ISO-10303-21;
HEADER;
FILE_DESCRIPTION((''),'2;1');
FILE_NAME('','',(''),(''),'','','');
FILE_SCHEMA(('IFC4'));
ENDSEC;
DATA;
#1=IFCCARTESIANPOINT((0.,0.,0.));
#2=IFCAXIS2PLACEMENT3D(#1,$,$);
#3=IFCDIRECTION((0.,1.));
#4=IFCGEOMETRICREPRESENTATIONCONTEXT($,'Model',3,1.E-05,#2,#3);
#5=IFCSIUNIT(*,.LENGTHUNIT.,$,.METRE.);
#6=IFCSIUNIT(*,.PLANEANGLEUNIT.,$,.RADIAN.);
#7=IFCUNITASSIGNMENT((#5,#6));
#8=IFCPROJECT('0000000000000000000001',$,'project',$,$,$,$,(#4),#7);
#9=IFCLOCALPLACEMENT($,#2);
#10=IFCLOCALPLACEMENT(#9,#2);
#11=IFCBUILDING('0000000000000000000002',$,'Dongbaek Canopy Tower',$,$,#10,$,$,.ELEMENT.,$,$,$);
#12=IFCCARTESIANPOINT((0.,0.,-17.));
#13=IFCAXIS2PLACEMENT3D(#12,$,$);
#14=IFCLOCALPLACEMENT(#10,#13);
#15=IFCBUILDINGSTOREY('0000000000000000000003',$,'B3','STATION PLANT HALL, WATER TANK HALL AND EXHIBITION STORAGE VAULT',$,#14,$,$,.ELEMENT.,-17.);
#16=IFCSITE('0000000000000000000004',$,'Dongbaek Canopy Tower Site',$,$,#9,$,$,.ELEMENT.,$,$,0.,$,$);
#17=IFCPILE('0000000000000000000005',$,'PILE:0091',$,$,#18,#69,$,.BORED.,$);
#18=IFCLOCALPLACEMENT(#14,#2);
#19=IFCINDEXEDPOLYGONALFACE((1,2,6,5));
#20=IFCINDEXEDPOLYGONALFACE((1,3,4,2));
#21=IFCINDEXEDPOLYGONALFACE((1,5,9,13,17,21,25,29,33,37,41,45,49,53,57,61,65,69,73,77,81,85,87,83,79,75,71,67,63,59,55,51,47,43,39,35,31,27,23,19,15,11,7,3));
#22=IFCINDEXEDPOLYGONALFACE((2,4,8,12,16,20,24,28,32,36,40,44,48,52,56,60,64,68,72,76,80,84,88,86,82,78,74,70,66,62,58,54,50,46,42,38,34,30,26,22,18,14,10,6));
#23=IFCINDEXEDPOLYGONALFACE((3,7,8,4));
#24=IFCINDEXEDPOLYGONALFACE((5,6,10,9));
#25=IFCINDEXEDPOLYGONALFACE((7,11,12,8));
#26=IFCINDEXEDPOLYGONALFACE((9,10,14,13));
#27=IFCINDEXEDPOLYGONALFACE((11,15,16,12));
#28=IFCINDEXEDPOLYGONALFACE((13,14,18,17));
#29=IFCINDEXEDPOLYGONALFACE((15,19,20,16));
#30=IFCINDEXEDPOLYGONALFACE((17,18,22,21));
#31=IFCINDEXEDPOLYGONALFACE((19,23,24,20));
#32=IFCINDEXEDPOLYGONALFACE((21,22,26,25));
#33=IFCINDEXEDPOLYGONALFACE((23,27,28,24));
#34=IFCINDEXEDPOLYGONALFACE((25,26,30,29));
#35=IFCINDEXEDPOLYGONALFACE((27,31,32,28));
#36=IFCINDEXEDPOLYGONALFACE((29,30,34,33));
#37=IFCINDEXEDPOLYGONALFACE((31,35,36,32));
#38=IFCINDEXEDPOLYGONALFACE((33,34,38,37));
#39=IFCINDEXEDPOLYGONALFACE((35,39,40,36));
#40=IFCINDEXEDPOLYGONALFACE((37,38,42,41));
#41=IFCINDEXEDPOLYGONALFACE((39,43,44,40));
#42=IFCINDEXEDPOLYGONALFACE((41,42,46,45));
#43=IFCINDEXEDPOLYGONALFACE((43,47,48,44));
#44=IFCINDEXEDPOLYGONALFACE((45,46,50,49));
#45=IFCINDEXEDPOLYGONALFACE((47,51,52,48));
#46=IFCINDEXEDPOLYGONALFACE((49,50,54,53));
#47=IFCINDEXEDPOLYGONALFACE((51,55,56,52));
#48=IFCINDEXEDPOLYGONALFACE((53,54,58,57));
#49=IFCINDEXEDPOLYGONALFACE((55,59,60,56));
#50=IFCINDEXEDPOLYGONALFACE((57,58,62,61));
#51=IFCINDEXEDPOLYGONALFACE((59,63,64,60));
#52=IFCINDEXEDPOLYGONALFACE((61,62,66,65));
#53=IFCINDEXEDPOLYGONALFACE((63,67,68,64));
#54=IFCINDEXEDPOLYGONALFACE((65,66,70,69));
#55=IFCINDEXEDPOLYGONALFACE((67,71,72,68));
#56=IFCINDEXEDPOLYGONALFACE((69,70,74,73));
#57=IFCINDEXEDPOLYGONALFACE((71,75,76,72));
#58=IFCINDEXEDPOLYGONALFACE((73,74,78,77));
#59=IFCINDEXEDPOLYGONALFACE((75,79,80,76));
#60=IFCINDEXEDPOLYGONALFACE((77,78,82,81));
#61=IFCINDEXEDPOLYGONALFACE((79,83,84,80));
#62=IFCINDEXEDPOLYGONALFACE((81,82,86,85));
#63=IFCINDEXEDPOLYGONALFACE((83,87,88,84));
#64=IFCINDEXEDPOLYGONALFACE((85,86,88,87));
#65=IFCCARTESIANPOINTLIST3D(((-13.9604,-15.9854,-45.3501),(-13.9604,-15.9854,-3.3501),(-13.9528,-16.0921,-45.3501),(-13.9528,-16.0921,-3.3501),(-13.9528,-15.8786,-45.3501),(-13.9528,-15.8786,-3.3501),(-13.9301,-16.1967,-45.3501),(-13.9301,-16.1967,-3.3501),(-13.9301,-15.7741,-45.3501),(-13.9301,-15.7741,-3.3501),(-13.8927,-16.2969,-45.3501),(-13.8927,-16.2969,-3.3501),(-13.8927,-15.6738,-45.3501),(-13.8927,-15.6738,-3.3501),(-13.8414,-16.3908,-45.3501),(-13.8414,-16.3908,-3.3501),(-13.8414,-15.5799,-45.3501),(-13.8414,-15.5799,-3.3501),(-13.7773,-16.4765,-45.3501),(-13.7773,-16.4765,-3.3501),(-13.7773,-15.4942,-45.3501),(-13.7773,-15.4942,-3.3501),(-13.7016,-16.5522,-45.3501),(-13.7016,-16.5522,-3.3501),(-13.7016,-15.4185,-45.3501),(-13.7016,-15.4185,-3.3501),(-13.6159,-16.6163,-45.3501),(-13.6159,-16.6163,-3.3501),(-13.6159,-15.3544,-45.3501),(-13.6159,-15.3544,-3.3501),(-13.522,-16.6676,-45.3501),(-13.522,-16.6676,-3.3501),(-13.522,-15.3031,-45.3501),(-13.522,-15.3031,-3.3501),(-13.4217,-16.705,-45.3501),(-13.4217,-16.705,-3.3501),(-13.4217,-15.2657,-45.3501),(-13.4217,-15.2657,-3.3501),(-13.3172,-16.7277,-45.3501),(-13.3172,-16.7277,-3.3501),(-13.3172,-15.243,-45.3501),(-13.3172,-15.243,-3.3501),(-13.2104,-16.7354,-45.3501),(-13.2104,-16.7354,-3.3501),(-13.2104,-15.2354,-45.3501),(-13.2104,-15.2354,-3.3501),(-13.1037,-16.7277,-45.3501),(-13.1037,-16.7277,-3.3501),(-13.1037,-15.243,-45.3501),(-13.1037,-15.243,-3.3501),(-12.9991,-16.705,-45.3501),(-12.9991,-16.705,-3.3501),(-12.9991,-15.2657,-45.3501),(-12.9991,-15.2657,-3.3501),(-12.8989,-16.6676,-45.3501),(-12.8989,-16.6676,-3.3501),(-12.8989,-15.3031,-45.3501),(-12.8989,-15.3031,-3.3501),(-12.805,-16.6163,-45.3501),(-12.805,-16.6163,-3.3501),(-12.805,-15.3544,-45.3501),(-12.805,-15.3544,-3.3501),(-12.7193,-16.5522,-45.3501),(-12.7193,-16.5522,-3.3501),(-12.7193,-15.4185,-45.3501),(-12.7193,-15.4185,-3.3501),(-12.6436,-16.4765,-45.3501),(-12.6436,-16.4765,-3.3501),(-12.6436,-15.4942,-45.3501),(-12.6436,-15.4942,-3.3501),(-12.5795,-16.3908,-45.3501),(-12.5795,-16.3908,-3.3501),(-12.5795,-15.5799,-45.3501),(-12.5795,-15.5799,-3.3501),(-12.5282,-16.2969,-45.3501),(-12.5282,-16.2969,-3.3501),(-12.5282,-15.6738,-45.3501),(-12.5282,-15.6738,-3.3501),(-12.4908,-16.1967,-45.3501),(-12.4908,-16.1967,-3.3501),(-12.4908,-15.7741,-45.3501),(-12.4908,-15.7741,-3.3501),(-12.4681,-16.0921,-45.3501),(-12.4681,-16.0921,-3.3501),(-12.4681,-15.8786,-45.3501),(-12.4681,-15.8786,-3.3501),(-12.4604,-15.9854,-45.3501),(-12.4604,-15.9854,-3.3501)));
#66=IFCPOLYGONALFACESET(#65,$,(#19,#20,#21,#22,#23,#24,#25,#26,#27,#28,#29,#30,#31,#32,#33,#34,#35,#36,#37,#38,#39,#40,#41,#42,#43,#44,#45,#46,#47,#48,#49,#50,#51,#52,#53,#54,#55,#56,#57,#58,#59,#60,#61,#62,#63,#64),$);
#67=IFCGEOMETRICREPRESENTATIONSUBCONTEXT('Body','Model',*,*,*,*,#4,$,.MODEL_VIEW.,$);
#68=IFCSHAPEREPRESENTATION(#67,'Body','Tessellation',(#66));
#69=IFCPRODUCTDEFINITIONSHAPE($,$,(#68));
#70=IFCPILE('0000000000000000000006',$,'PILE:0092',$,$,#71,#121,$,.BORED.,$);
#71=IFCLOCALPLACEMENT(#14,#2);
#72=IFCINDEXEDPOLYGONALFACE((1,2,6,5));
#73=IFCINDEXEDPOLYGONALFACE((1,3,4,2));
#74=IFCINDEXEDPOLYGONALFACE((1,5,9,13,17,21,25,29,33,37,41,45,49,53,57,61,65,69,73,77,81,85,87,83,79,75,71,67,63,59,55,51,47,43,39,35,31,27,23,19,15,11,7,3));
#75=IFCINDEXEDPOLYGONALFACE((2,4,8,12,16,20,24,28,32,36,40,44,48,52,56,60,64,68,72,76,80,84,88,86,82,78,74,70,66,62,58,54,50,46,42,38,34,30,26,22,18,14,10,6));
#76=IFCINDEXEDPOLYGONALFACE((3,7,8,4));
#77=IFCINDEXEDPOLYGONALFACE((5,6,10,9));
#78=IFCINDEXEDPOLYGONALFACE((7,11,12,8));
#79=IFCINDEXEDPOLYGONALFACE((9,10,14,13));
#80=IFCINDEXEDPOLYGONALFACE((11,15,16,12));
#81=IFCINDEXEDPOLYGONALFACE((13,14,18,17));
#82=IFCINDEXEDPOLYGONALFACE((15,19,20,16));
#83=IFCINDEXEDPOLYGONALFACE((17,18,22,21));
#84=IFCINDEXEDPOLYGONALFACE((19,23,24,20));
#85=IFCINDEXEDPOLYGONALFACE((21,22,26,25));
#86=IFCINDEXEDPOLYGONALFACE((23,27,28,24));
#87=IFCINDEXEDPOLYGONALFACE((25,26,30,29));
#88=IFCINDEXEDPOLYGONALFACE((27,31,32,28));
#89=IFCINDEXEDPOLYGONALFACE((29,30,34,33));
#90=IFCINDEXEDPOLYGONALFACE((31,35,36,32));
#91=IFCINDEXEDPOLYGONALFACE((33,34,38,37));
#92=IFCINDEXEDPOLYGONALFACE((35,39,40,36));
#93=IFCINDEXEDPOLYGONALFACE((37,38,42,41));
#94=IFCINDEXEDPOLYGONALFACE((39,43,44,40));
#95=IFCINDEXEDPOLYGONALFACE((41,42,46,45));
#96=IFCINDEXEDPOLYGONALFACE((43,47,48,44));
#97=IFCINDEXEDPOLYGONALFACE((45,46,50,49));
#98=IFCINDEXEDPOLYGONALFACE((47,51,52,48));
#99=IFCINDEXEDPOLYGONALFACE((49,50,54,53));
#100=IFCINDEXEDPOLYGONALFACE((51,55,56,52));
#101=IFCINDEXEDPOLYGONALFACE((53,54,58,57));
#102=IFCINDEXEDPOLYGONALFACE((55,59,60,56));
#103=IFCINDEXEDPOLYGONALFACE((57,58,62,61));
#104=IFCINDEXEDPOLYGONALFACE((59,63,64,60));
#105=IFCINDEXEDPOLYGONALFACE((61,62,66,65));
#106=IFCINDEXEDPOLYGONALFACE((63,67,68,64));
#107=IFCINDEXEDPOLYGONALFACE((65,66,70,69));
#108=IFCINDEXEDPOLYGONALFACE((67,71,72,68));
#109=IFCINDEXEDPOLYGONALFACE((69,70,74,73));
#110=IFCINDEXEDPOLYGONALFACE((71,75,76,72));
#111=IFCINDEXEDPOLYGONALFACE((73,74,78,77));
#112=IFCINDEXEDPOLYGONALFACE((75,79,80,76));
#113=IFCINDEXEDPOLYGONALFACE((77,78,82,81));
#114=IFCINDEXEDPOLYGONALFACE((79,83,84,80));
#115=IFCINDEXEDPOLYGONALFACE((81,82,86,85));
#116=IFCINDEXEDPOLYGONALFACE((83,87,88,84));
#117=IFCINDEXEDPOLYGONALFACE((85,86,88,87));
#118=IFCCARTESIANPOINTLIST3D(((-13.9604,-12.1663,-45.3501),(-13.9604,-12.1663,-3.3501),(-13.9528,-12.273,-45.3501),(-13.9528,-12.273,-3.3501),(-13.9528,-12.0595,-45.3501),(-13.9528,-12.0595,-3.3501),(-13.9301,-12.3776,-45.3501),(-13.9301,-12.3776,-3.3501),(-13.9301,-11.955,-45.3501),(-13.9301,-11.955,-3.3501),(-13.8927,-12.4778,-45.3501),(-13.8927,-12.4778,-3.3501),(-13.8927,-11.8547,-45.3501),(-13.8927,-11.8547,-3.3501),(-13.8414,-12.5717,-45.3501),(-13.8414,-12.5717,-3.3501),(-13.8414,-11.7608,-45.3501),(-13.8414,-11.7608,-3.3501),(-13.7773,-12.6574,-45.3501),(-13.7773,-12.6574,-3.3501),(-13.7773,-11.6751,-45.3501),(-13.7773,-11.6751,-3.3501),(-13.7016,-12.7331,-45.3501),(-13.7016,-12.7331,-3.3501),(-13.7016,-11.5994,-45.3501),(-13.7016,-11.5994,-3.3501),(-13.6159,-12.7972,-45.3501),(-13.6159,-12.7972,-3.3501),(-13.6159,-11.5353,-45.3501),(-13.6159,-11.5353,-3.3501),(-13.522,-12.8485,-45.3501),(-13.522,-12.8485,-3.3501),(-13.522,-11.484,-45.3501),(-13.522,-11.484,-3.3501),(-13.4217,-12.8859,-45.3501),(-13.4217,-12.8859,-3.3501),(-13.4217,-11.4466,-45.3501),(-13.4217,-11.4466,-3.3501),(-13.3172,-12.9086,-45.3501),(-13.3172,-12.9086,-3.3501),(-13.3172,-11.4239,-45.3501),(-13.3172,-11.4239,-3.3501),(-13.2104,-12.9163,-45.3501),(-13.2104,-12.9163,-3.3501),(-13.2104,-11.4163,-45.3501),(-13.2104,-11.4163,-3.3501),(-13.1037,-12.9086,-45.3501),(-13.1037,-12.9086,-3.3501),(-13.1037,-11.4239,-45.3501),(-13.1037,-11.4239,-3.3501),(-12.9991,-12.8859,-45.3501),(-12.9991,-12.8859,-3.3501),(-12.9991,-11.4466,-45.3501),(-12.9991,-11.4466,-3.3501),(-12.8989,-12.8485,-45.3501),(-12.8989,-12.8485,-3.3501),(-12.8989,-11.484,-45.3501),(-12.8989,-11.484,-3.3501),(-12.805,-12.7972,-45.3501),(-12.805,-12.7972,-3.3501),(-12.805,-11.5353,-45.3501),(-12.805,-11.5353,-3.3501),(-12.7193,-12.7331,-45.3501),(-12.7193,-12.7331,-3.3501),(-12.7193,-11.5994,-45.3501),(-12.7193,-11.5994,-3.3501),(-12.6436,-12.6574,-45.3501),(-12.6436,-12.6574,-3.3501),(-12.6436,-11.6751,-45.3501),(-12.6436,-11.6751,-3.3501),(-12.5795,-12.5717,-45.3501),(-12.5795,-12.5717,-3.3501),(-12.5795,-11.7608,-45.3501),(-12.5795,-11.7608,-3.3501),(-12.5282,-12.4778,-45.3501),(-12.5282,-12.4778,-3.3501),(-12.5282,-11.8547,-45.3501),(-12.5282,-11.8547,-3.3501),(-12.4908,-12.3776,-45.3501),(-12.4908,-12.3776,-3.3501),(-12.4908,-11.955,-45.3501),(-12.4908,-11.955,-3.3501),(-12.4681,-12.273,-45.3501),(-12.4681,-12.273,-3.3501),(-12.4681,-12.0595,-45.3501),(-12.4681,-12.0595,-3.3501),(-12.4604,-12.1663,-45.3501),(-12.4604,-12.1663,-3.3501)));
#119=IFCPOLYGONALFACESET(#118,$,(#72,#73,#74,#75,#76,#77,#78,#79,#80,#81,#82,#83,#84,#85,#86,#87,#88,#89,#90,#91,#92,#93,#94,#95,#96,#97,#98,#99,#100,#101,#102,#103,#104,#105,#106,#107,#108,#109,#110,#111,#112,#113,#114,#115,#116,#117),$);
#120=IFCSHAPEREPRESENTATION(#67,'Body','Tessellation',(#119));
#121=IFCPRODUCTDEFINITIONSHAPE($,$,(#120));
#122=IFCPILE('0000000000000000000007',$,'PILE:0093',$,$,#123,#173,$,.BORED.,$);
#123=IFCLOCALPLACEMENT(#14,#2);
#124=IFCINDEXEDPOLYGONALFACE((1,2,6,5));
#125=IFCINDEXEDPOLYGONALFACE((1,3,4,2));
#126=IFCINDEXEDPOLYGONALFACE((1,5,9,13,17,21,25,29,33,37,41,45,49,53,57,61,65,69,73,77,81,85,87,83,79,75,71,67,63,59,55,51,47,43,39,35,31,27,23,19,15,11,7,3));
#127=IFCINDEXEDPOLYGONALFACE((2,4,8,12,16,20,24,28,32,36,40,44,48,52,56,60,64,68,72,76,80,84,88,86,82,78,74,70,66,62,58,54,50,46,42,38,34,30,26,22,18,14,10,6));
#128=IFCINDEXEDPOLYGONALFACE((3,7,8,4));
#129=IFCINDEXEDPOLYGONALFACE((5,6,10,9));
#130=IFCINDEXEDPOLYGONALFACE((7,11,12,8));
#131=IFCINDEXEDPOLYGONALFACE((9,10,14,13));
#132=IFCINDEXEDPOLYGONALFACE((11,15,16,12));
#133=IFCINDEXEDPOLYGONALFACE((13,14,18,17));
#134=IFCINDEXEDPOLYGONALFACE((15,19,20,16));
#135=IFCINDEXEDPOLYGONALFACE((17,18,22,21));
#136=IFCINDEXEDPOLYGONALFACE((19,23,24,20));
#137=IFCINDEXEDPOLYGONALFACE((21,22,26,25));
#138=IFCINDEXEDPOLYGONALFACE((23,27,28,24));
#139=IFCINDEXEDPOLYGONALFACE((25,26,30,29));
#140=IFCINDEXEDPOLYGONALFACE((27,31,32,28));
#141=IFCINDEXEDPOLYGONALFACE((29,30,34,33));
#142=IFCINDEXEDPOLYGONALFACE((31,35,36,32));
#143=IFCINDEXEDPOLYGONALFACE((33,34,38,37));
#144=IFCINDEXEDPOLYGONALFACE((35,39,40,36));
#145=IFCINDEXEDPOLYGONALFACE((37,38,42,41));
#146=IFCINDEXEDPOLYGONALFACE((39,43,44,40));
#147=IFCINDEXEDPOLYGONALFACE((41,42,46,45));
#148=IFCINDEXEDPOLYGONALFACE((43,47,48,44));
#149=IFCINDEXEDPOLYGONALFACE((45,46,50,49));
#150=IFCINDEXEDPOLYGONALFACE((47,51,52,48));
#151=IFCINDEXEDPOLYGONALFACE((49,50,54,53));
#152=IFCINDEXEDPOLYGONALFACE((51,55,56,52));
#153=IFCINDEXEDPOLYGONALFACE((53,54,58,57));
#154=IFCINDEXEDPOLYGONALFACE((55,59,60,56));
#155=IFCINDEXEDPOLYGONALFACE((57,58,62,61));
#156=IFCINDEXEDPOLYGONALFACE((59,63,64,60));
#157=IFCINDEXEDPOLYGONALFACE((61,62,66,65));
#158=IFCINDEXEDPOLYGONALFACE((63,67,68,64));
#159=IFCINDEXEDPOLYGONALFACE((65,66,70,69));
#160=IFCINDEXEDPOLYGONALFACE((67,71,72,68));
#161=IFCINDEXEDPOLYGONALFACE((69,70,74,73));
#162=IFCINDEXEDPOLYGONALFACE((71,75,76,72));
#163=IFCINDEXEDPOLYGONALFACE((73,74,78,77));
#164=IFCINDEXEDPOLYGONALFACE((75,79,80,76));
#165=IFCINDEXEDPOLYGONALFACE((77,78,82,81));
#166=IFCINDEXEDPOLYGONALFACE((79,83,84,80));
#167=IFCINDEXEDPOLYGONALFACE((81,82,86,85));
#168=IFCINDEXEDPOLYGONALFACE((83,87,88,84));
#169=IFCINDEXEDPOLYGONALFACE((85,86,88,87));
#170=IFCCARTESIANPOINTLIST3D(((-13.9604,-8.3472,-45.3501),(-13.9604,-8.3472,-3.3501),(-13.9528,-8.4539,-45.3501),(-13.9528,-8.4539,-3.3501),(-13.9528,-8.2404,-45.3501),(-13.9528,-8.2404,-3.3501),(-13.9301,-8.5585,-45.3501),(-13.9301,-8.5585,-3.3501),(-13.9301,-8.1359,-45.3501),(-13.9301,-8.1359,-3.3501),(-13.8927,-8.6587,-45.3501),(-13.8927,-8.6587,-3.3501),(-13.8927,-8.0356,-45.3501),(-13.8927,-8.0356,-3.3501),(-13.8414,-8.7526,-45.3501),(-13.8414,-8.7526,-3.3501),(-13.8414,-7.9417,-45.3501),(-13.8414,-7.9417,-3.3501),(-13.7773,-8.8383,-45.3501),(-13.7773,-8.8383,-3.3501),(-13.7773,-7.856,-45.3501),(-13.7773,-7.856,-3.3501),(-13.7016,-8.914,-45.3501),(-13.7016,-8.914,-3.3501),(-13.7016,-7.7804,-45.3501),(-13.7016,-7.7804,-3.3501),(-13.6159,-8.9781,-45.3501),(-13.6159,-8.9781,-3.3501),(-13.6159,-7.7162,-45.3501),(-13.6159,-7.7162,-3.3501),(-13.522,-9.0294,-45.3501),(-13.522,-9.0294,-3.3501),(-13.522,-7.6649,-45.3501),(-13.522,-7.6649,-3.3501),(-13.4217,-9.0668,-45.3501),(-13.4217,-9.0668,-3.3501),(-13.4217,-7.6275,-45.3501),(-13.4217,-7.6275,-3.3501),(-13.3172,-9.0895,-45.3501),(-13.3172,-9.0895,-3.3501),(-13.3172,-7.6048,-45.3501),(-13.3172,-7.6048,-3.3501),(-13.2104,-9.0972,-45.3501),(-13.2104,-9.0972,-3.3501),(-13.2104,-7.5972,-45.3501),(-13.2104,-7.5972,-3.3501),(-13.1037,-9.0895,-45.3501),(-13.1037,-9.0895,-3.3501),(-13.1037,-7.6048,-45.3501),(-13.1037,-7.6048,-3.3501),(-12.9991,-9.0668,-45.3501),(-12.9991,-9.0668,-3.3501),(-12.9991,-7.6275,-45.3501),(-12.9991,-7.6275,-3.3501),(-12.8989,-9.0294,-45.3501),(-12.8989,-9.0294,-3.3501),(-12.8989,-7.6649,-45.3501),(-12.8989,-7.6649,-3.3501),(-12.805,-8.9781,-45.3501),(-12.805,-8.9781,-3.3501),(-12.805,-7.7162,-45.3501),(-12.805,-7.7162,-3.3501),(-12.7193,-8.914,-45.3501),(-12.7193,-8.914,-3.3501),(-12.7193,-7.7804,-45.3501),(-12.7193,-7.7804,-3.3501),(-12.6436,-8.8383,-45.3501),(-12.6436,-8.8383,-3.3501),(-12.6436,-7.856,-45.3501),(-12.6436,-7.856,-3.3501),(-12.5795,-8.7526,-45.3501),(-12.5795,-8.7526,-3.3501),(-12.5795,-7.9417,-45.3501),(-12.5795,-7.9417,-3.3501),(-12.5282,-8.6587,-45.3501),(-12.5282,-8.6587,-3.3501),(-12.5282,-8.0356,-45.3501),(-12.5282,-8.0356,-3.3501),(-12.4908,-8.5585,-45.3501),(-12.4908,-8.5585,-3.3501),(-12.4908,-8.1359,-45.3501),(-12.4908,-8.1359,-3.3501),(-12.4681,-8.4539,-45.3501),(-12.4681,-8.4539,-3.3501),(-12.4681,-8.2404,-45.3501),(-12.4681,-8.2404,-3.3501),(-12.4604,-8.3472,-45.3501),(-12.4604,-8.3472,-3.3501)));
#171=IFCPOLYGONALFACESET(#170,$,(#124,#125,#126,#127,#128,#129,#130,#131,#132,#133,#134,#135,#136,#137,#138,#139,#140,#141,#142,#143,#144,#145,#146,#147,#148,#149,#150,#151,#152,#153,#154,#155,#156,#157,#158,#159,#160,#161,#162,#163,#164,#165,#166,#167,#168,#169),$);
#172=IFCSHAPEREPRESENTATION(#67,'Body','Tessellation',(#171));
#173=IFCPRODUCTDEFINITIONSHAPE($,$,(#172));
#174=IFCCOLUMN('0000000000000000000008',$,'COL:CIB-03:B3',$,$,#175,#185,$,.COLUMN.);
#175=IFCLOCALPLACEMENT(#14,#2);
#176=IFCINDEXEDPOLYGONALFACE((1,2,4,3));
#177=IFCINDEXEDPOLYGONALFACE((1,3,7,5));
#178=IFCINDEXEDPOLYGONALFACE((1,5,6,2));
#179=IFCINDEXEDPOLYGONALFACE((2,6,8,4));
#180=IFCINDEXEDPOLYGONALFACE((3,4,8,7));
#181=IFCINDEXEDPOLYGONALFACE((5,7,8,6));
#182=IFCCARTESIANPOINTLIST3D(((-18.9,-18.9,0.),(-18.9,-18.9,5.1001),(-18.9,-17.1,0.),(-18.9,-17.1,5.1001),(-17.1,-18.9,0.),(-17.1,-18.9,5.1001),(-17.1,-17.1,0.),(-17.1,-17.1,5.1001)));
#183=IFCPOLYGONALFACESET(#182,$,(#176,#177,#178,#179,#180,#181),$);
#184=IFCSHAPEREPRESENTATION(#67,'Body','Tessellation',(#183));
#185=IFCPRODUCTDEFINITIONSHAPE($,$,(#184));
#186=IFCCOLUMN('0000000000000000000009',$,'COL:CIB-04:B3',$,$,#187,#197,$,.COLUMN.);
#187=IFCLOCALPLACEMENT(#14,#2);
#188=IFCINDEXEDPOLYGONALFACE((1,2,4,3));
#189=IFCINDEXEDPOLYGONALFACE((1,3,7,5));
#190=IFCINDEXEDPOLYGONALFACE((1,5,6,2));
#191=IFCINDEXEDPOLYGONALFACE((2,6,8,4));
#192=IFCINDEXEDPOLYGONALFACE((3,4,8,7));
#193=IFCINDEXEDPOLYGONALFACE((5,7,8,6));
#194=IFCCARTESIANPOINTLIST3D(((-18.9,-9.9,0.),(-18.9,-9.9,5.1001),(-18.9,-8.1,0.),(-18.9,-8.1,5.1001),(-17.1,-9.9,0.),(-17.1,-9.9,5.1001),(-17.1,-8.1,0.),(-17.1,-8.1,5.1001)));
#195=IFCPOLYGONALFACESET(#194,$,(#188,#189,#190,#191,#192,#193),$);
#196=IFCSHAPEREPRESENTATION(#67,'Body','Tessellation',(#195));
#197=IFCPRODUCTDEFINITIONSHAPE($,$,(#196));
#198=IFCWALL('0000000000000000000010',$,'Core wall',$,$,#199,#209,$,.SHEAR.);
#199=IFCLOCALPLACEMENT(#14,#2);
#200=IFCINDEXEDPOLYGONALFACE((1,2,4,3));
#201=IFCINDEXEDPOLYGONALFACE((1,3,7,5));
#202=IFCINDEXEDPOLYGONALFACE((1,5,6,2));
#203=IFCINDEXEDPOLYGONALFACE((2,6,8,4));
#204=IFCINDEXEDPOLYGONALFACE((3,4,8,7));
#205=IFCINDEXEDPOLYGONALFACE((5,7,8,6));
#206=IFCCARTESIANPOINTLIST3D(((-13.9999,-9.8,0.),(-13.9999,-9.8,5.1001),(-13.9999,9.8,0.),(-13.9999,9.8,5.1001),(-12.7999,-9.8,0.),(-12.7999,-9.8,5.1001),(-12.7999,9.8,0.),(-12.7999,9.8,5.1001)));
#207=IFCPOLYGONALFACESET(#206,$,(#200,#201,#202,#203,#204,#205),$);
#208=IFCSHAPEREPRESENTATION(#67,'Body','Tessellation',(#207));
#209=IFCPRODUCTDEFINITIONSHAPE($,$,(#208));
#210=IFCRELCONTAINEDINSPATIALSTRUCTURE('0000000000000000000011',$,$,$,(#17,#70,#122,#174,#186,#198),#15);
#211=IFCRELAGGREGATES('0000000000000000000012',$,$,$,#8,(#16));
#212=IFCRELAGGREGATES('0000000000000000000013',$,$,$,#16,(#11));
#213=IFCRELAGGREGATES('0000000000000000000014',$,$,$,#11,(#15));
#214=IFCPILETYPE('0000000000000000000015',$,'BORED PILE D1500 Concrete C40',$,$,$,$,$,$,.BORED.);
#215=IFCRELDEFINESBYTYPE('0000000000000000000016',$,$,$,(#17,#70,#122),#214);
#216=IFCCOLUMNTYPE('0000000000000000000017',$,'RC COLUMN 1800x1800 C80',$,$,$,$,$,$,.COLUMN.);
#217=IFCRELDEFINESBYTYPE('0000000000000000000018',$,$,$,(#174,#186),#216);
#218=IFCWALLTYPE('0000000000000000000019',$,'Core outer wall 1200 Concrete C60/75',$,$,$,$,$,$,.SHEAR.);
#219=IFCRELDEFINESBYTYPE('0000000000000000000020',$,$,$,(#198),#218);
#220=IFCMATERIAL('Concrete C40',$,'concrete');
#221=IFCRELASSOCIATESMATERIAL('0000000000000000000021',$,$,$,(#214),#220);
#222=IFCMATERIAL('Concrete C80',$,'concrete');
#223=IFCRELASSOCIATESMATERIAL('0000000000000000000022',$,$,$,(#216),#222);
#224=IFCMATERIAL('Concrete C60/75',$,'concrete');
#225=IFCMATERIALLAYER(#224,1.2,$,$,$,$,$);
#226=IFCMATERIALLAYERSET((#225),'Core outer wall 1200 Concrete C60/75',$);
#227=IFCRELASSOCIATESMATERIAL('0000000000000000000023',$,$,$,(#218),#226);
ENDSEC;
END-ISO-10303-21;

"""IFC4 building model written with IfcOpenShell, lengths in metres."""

from ifc_helpers import new_model, si_unit, direction, frame, frame_2d, origin, origin_2d, place, context, subcontext, project, spatial, rectangle, circle, extrude, material, layer, layer_set, material_profile, profile_set, type_object, element, save


model = new_model("IFC4")

# Units and contexts
model_context = context("Model", 3, precision=1e-05, world=origin(), true_north=direction((0.0, 1.0)))
body_context = subcontext(model_context, "Body", "Model", "MODEL_VIEW")
ifc_project = project(units=[si_unit("LENGTHUNIT", "METRE"), si_unit("PLANEANGLEUNIT", "RADIAN")], contexts=[model_context])

# Site, building, storey
site_placement = place(None, origin())
site = spatial("IfcSite", under=ifc_project, at=site_placement, Name="Dongbaek Canopy Tower Site", CompositionType="ELEMENT", RefElevation=0.0)
building_placement = place(site_placement, origin())
building = spatial("IfcBuilding", under=site, at=building_placement, Name="Dongbaek Canopy Tower", CompositionType="ELEMENT")
storey_placement = place(building_placement, frame((0.0, 0.0, -17.0)))
storey = spatial("IfcBuildingStorey", under=building, at=storey_placement, Name="B3", Description="STATION PLANT HALL, WATER TANK HALL AND EXHIBITION STORAGE VAULT", CompositionType="ELEMENT", Elevation=-17.0)

# Piles
ifc_material_1 = material(Name="Concrete C40", Category="concrete")
ifc_material_profile_1 = material_profile(ifc_material_1, circle(Radius=0.75, at=origin_2d()), Name="BORED PILE D1500 Concrete C40")
ifc_profile_set_1 = profile_set([ifc_material_profile_1], Name="Concrete C40")
pile_type = type_object("IfcPileType", Name="BORED PILE D1500 Concrete C40", PredefinedType="BORED", material=ifc_profile_set_1)
for number, where, z_axis, x_axis, name in (
    (1, (-13.2104, -15.9854, -3.3501), (0.0, 0.0, -1.0), (1.0, 0.0, 0.0), "PILE:0091"),
    (2, (-13.2104, -12.1663, -3.3501), (0.0, 0.0, -1.0), (1.0, 0.0, 0.0), "PILE:0092"),
    (3, (-13.2104, -8.3472, -3.3501), (0.0, 0.0, -1.0), (1.0, 0.0, 0.0), "PILE:0093"),
):
    element("IfcPile", number, at=place(storey_placement, frame(where, z_axis=z_axis, x_axis=x_axis)), inside=storey, type_object=pile_type, Name=name, PredefinedType="BORED", context=body_context, shape_type="SweptSolid", body=[
        extrude(circle(Radius=0.75, at=origin_2d()), origin(), (0.0, 0.0, 1.0), 42.0),
    ])

# Columns
ifc_material_2 = material(Name="Concrete C80", Category="concrete")
ifc_material_profile_2 = material_profile(ifc_material_2, rectangle(XDim=1.8, YDim=1.8, at=origin_2d()), Name="RC COLUMN 1800x1800 C80")
ifc_profile_set_2 = profile_set([ifc_material_profile_2], Name="Concrete C80")
column_type = type_object("IfcColumnType", Name="RC COLUMN 1800x1800 C80", PredefinedType="COLUMN", material=ifc_profile_set_2)
for number, where, z_axis, x_axis, name in (
    (4, (-18.0, -18.0, 0.0), (0.0, 0.0, 1.0), (1.0, 0.0, 0.0), "COL:CIB-03:B3"),
    (5, (-18.0, -9.0, 0.0), (0.0, 0.0, 1.0), (1.0, 0.0, 0.0), "COL:CIB-04:B3"),
):
    element("IfcColumn", number, at=place(storey_placement, frame(where, z_axis=z_axis, x_axis=x_axis)), inside=storey, type_object=column_type, Name=name, PredefinedType="COLUMN", context=body_context, shape_type="SweptSolid", body=[
        extrude(rectangle(XDim=1.8, YDim=1.8, at=origin_2d()), origin(), (0.0, 0.0, 1.0), 5.1001),
    ])

# Wall
ifc_material_3 = material(Name="Concrete C60/75", Category="concrete")
ifc_layer_1 = layer(ifc_material_3, 1.2)
ifc_layer_set_1 = layer_set([ifc_layer_1], Name="Core outer wall 1200 Concrete C60/75")
wall_type_1 = type_object("IfcWallType", Name="Core outer wall 1200 Concrete C60/75", PredefinedType="SHEAR", material=ifc_layer_set_1)
wall_1_placement = place(storey_placement, frame((-13.3999, -9.8, 0.0), z_axis=(0.0, 0.0, 1.0), x_axis=(0.0, 1.0, 0.0)))
element("IfcWall", 6, at=wall_1_placement, inside=storey, type_object=wall_type_1, Name="Core wall", PredefinedType="SHEAR", context=body_context, shape_type="SweptSolid", body=[
    extrude(rectangle(XDim=19.6001, YDim=1.2, at=frame_2d((9.8, 0.0))), origin(), (0.0, 0.0, 1.0), 5.1001),
])

save(model, "model.ifc")
